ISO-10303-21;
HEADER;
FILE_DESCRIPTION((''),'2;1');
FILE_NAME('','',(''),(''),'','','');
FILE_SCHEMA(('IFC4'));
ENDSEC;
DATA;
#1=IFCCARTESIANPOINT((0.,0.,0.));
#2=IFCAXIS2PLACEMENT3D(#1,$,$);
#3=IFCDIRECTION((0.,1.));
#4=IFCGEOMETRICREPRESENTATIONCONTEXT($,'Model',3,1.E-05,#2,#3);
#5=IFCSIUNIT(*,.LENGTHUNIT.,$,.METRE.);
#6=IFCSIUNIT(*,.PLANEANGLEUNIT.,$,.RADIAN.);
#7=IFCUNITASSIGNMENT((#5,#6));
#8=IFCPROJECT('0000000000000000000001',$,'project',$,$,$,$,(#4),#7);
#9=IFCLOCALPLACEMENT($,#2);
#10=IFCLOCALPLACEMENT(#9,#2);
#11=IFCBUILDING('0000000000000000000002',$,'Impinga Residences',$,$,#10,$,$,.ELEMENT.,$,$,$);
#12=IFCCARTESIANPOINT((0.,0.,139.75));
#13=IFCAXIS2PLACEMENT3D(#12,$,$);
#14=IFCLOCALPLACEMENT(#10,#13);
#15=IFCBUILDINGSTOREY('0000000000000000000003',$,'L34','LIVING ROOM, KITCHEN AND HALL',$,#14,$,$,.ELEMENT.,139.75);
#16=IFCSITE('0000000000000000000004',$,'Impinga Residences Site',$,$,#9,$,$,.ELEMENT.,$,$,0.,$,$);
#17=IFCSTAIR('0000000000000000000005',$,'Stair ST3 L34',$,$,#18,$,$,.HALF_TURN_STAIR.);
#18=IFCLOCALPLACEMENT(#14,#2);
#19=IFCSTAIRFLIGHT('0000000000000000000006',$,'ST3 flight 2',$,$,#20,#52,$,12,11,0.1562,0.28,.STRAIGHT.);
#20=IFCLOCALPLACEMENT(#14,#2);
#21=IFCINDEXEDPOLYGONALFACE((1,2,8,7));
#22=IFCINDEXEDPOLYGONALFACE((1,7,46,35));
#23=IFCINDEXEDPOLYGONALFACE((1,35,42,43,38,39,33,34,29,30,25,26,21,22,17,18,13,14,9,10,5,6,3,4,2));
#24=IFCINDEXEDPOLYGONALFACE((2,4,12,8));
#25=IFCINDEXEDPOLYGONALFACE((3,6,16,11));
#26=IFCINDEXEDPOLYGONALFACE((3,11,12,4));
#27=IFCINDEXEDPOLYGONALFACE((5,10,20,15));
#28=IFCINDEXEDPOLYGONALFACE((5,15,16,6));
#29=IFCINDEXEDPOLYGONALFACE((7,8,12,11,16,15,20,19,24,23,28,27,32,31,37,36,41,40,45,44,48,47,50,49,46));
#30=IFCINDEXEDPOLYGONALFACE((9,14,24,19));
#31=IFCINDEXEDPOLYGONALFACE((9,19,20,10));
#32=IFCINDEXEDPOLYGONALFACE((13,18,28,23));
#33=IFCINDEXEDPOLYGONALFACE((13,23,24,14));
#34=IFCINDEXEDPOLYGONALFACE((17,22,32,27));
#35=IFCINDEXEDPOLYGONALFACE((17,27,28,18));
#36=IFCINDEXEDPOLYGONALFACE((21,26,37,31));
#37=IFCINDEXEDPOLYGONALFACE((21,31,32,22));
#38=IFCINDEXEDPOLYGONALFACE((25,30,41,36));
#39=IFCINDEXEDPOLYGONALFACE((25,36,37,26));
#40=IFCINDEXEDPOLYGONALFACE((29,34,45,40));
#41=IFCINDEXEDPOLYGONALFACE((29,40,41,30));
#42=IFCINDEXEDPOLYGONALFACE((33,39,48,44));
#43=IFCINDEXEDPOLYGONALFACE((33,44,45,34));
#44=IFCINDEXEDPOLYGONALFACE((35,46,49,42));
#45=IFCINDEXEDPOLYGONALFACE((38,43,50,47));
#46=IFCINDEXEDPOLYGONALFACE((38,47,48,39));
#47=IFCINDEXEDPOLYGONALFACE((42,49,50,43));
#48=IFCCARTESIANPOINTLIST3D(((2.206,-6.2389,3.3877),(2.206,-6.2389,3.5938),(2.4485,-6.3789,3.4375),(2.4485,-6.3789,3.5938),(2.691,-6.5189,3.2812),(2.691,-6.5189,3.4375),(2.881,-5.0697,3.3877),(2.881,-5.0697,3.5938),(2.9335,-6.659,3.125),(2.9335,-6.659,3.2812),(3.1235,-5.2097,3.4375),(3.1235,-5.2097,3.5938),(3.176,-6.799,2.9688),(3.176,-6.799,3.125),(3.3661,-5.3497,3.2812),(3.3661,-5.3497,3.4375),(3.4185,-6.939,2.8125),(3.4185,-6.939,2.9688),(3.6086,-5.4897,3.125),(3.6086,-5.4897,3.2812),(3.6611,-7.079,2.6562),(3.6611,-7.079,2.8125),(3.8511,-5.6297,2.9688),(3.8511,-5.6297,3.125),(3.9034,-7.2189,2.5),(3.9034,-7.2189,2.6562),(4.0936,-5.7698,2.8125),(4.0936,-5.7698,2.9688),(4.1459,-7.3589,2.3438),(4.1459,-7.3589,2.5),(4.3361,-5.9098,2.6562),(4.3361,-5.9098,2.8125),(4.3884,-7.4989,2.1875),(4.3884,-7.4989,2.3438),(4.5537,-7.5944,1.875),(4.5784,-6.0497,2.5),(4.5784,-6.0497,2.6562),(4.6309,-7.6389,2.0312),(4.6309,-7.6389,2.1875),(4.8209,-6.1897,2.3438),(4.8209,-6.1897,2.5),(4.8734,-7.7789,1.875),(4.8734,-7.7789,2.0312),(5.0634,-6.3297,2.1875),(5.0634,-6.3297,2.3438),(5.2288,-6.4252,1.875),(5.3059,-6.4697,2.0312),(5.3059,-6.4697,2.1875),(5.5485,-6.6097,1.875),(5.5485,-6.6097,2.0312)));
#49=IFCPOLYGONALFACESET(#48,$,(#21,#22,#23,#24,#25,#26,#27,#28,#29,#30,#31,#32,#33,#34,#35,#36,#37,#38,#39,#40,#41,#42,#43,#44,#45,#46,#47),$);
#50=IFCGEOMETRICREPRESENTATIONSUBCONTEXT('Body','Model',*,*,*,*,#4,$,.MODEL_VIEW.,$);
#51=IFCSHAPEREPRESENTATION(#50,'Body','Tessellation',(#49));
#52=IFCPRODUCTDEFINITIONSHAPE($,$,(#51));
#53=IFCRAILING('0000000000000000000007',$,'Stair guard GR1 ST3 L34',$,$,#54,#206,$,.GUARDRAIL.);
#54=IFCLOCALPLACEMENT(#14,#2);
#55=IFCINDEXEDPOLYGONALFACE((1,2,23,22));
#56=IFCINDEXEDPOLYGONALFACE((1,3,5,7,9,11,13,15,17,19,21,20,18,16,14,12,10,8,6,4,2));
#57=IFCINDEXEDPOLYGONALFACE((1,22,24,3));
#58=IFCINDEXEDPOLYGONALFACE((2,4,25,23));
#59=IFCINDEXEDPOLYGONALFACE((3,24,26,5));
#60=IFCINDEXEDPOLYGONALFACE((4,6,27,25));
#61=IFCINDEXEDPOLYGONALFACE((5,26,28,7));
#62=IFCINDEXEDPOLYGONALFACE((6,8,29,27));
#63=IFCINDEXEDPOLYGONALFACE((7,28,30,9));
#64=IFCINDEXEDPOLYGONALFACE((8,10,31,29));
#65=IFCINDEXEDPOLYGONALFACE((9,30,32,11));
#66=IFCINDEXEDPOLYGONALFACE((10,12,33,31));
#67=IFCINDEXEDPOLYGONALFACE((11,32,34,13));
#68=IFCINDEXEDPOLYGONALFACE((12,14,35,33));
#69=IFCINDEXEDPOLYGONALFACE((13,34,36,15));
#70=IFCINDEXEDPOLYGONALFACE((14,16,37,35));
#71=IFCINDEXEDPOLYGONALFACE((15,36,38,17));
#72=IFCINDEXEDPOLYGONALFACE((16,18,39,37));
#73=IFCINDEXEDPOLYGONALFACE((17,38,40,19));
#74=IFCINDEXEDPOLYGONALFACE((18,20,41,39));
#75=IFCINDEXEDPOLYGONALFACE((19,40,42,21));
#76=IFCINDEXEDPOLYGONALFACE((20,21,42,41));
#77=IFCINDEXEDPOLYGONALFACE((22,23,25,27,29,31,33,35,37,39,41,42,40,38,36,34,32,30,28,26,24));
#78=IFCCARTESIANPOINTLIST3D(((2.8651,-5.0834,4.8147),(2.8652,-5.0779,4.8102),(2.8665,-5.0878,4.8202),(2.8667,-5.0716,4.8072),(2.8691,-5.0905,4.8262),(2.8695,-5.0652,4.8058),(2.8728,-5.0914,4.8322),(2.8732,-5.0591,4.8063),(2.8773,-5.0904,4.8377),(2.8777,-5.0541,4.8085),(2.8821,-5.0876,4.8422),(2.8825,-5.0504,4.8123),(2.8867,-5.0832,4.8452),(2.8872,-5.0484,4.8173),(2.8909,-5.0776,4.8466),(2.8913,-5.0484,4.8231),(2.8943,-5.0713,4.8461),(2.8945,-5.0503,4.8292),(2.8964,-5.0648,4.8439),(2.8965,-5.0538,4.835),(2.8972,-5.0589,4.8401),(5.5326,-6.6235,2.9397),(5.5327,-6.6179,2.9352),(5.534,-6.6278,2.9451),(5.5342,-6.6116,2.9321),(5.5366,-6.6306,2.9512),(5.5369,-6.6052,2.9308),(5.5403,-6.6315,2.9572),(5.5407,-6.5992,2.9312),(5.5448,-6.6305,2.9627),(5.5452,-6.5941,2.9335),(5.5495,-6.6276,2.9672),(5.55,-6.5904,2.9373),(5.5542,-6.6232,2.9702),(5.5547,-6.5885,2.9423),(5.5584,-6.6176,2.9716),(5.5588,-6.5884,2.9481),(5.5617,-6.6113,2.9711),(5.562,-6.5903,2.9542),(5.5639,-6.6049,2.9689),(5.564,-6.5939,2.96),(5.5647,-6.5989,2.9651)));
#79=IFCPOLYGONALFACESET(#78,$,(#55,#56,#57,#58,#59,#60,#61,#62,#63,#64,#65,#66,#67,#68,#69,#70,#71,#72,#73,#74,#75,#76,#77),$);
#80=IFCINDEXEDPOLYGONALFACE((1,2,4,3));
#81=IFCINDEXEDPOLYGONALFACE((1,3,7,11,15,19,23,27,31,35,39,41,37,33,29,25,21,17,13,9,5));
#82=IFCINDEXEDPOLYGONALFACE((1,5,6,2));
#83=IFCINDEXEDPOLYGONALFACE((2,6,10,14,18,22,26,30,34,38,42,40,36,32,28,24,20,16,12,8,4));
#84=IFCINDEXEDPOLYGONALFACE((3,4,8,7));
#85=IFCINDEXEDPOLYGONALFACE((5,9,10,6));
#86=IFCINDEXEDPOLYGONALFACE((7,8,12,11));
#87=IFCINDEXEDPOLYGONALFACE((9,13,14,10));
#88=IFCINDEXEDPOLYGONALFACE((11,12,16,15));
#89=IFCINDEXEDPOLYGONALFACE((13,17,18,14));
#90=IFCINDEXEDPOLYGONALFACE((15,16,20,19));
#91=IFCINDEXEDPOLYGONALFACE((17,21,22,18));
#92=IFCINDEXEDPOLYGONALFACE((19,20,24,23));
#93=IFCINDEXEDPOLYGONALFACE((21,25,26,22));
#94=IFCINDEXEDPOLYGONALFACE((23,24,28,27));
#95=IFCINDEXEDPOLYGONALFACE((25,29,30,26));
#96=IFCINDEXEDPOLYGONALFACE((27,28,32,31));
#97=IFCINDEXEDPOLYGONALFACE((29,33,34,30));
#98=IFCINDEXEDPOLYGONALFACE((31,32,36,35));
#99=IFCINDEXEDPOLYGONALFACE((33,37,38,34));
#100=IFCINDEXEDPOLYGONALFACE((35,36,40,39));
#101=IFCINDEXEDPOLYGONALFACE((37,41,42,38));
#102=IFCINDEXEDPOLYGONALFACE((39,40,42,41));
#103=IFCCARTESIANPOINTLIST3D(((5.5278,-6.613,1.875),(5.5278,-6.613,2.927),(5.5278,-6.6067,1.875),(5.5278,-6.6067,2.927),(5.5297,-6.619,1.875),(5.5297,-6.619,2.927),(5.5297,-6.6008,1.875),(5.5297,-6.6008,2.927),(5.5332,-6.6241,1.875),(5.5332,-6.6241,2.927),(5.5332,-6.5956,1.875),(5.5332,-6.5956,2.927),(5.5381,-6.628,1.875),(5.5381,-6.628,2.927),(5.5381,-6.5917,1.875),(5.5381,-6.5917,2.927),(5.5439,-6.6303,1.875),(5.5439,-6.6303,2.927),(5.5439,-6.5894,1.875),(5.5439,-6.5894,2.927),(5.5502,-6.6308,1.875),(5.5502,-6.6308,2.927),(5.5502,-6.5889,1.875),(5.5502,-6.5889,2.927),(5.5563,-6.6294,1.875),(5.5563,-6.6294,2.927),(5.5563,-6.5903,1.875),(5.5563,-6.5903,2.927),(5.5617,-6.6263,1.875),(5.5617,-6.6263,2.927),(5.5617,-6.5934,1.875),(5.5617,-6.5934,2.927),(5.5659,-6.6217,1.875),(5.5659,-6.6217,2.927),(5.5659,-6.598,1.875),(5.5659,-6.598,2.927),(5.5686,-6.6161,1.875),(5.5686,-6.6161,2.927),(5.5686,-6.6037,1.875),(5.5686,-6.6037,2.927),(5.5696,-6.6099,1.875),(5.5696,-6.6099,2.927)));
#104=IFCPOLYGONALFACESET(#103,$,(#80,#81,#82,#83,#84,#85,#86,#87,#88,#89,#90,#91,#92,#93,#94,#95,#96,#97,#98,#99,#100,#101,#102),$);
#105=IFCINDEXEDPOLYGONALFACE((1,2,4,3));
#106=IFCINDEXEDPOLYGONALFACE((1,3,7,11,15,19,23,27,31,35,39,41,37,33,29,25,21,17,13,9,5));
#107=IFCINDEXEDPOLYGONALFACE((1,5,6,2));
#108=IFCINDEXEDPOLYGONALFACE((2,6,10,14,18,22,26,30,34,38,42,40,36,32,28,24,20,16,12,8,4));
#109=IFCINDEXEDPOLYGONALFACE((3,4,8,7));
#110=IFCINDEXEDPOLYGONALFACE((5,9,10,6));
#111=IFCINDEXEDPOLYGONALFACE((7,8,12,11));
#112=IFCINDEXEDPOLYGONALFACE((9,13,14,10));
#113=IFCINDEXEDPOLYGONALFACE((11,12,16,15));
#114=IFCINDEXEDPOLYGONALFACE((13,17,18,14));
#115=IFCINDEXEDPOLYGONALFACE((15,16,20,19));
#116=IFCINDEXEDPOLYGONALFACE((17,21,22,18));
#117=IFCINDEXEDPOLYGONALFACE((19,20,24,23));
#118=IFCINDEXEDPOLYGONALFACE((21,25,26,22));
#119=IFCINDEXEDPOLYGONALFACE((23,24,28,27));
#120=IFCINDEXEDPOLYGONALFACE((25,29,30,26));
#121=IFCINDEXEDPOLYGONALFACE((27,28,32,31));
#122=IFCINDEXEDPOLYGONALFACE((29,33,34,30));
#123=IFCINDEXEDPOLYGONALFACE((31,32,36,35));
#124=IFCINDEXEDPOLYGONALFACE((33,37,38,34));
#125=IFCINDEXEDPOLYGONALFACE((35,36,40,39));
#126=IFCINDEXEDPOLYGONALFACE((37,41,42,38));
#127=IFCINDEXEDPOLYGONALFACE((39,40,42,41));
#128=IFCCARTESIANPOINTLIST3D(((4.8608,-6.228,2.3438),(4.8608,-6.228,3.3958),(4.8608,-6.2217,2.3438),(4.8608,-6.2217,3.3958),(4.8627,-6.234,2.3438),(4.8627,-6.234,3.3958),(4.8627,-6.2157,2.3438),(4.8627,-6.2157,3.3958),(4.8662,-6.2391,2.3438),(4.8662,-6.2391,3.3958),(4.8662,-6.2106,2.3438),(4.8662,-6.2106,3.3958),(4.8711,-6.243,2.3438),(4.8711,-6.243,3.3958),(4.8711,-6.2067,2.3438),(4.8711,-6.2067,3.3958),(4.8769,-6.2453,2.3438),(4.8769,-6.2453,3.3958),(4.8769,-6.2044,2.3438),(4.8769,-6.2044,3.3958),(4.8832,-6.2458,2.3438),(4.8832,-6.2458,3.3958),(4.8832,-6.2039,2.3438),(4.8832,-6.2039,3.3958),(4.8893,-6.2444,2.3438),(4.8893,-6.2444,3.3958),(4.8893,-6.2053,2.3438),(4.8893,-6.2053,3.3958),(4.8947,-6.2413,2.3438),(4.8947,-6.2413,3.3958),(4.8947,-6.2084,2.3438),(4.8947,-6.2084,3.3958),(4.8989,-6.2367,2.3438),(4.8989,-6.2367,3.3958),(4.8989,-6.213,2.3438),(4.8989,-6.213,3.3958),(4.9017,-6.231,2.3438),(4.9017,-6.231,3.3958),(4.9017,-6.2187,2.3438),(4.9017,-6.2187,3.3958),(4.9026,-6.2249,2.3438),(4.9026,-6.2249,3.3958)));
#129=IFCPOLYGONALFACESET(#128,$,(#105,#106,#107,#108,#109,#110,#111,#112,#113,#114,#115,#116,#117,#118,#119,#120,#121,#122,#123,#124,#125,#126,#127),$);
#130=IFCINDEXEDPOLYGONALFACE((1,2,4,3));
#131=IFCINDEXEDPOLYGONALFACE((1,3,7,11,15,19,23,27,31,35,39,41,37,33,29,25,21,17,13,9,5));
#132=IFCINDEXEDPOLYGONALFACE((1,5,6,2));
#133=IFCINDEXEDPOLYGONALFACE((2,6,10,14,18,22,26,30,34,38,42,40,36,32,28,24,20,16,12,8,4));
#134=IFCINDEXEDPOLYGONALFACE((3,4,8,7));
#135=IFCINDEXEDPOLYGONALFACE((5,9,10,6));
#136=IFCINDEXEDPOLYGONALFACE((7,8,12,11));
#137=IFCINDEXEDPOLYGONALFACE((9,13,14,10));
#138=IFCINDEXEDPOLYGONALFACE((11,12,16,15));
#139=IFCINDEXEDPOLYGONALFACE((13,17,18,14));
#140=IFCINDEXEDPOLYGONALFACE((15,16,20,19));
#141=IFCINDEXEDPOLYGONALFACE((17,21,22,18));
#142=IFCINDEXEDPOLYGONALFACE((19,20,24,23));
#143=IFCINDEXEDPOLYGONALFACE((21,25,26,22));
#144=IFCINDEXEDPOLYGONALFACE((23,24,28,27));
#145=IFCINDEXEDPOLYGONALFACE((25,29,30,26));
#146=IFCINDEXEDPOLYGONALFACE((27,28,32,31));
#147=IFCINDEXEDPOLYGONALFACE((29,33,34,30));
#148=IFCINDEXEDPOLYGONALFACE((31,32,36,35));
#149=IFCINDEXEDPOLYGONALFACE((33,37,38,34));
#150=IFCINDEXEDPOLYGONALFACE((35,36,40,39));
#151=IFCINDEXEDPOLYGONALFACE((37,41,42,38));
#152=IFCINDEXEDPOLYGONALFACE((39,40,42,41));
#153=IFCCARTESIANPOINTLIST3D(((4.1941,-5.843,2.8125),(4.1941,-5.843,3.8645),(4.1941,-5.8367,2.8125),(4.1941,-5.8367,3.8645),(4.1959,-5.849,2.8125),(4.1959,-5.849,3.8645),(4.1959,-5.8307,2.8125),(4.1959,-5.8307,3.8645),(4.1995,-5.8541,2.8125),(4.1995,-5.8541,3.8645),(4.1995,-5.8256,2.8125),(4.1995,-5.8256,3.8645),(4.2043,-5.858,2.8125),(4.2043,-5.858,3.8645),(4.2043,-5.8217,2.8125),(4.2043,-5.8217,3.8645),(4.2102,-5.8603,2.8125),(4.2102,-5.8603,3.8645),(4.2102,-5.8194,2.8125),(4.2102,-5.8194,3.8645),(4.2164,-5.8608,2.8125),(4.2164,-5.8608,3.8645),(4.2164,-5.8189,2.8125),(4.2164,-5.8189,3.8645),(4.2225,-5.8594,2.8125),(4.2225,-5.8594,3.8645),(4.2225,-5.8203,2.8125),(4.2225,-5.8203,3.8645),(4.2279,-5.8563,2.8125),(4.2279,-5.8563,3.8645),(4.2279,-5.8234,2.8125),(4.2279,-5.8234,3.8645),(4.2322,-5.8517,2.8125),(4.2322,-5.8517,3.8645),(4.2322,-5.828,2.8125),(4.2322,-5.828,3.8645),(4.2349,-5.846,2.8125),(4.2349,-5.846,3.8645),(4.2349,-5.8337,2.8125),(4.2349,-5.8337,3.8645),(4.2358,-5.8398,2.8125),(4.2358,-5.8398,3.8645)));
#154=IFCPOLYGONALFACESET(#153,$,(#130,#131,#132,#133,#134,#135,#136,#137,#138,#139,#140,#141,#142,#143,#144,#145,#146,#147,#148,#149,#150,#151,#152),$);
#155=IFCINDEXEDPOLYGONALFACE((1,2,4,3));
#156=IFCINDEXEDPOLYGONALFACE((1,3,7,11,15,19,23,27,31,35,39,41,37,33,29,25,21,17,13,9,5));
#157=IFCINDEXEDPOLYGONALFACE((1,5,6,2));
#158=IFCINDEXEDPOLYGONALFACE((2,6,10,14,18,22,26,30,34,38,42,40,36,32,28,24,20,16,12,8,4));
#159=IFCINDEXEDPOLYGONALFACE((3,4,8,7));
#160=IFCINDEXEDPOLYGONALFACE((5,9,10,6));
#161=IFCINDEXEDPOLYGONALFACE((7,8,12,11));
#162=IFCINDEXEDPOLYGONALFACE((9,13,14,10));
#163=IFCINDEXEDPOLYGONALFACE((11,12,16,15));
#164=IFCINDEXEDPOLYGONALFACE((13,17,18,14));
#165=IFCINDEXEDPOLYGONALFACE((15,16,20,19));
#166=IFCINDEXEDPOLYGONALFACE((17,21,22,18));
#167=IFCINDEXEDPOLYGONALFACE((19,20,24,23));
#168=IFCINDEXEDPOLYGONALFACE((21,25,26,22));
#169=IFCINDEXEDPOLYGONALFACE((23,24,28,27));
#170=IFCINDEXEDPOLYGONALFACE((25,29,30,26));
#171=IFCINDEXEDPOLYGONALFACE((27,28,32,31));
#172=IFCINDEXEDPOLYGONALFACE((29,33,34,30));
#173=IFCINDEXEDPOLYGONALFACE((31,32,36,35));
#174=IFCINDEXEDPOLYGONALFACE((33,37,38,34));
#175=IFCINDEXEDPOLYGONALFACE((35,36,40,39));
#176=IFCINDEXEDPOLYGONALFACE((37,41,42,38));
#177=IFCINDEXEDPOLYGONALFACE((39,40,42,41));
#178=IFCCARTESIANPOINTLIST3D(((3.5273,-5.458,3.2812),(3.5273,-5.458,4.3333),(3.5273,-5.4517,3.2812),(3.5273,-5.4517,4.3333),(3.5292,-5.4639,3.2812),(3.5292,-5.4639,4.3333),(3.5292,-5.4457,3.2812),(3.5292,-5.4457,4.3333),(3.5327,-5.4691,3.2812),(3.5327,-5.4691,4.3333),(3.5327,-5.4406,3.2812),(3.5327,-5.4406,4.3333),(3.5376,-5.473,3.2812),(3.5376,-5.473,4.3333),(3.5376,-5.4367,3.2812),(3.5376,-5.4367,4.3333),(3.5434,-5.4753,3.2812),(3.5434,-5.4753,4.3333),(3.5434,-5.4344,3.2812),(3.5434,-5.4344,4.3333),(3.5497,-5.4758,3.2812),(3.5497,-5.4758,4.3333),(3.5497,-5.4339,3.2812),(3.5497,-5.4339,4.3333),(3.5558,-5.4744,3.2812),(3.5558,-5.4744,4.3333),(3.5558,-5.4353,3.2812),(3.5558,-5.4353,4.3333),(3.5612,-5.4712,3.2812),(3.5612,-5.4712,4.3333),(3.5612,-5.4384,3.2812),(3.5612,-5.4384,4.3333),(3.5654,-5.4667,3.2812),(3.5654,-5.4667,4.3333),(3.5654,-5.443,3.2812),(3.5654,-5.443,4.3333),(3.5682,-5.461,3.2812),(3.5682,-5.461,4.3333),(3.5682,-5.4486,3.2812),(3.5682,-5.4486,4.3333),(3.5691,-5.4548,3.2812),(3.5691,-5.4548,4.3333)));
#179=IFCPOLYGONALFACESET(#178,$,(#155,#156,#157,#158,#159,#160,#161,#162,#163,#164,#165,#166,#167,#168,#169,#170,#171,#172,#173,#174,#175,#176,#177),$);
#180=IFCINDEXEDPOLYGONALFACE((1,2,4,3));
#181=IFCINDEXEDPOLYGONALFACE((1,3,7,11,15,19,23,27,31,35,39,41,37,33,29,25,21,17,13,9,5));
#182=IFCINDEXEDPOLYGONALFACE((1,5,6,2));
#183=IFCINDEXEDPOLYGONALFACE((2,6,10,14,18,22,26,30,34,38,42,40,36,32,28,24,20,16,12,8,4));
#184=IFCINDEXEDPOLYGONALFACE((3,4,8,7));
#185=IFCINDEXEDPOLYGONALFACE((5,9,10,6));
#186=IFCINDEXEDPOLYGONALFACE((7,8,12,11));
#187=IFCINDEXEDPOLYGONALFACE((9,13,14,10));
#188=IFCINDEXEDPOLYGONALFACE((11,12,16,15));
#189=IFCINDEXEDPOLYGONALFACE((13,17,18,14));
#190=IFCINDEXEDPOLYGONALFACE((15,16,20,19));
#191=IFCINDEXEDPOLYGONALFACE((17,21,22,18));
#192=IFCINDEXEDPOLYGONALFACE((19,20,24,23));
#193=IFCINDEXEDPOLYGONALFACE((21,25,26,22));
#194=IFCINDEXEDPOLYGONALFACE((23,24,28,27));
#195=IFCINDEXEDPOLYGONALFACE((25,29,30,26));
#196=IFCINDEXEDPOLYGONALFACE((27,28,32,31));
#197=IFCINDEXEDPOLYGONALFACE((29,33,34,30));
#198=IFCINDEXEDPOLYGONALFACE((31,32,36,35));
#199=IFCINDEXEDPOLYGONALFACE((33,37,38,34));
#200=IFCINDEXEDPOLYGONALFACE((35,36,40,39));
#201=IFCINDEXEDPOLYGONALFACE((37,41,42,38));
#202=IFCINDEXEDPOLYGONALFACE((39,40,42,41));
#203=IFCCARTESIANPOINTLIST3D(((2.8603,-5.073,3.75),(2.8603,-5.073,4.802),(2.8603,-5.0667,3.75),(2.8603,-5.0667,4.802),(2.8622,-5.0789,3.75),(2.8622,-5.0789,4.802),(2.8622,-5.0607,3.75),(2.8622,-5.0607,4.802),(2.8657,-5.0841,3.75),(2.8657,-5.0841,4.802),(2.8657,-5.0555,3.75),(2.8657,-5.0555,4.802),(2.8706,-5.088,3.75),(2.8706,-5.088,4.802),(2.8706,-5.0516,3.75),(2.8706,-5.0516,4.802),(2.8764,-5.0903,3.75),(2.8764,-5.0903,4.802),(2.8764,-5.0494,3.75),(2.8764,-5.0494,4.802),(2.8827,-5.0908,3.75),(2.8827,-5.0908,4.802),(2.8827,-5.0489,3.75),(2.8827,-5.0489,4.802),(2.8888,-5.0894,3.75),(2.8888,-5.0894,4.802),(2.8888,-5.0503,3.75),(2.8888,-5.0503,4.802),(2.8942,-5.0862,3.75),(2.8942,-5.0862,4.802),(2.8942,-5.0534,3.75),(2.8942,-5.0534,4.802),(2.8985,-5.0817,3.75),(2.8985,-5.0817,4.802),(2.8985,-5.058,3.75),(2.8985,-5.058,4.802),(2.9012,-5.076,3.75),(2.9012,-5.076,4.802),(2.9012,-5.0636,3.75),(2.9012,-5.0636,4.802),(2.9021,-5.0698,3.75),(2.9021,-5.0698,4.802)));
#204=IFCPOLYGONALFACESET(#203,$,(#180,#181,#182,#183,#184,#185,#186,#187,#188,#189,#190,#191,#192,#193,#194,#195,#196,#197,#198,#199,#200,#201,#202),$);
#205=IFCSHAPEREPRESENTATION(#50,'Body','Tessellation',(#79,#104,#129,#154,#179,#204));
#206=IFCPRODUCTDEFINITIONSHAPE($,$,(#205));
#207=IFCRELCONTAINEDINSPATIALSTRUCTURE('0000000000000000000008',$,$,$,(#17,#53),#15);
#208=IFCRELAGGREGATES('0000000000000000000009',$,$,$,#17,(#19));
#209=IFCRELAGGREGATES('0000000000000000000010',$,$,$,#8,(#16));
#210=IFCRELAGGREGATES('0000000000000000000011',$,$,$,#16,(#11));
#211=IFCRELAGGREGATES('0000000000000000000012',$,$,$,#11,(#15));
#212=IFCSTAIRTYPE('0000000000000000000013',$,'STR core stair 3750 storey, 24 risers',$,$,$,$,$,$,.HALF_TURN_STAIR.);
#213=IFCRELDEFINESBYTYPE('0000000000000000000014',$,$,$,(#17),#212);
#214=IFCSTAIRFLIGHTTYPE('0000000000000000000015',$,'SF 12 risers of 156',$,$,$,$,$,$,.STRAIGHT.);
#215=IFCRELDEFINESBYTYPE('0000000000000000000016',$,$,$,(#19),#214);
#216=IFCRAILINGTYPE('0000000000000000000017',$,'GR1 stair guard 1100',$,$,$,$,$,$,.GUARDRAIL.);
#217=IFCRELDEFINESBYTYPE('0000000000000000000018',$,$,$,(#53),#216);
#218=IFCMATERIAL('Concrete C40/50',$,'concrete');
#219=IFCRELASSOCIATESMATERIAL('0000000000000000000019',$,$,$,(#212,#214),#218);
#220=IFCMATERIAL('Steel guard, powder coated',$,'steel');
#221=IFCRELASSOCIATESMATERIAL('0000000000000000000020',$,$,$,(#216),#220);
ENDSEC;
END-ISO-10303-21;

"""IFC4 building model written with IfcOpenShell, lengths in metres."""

from ifc_helpers import new_model, si_unit, direction, frame, origin, origin_2d, place, context, subcontext, project, spatial, polyline, circle, outline, extrude, material, type_object, element, aggregate, save


model = new_model("IFC4")

# Units and contexts
model_context = context("Model", 3, precision=1e-05, world=origin(), true_north=direction((0.0, 1.0)))
body_context = subcontext(model_context, "Body", "Model", "MODEL_VIEW")
ifc_project = project(units=[si_unit("LENGTHUNIT", "METRE"), si_unit("PLANEANGLEUNIT", "RADIAN")], contexts=[model_context])

# Site, building, storey
site_placement = place(None, origin())
site = spatial("IfcSite", under=ifc_project, at=site_placement, Name="Impinga Residences Site", CompositionType="ELEMENT", RefElevation=0.0)
building_placement = place(site_placement, origin())
building = spatial("IfcBuilding", under=site, at=building_placement, Name="Impinga Residences", CompositionType="ELEMENT")
storey_placement = place(building_placement, frame((0.0, 0.0, 139.75)))
storey = spatial("IfcBuildingStorey", under=building, at=storey_placement, Name="L34", Description="LIVING ROOM, KITCHEN AND HALL", CompositionType="ELEMENT", Elevation=139.75)

# Stair, stair flight
ifc_material_1 = material(Name="Concrete C40/50", Category="concrete")
stair_type = type_object("IfcStairType", Name="STR core stair 3750 storey, 24 risers", PredefinedType="HALF_TURN_STAIR", material=ifc_material_1)
stair_placement = place(storey_placement, origin())
stair = element("IfcStair", 1, at=stair_placement, inside=storey, type_object=stair_type, Name="Stair ST3 L34", PredefinedType="HALF_TURN_STAIR")
stair_flight_type = type_object("IfcStairFlightType", Name="SF 12 risers of 156", PredefinedType="STRAIGHT", material=ifc_material_1)
stair_flight_1_placement = place(storey_placement, frame((5.2109, -7.1943, 1.875), z_axis=(0.0, 0.0, 1.0), x_axis=(-0.866025, 0.5, 0.0)))
stair_flight_1 = element("IfcStairFlight", 2, at=stair_flight_1_placement, type_object=stair_flight_type, Name="ST3 flight 2", NumberOfRisers=12, NumberOfTreads=11, PredefinedType="STRAIGHT", RiserHeight=0.1562, TreadLength=0.28, context=body_context, shape_type="SweptSolid", body=[
    extrude(outline(polyline([(0.0, 0.0), (0.0, 0.1562), (0.28, 0.1562), (0.28, 0.3125), (0.5601, 0.3125), (0.5601, 0.4688), (0.8401, 0.4688), (0.8401, 0.625), (1.1201, 0.625), (1.1201, 0.7812), (1.3999, 0.7812), (1.3999, 0.9375), (1.6799, 0.9375), (1.6799, 1.0938), (1.96, 1.0938), (1.96, 1.25), (2.24, 1.25), (2.24, 1.4062), (2.52, 1.4062), (2.52, 1.5625), (2.8, 1.5625), (2.8, 1.7188), (3.0801, 1.7188), (3.0801, 1.875), (3.0801, 1.5127), (0.3691, 0.0), (0.0, 0.0)])), frame((0.0, 0.675, 0.0), z_axis=(0.0, -1.0, 0.0), x_axis=(1.0, 0.0, 0.0)), (0.0, 0.0, 1.0), 1.3501),
])
aggregate(stair, [stair_flight_1])

# Railing
ifc_material_2 = material(Name="Steel guard, powder coated", Category="steel")
railing_type_1 = type_object("IfcRailingType", Name="GR1 stair guard 1100", PredefinedType="GUARDRAIL", material=ifc_material_2)
railing_1_placement = place(storey_placement, frame((5.5486, -6.6099, 1.875)))
element("IfcRailing", 3, at=railing_1_placement, inside=storey, type_object=railing_type_1, Name="Stair guard GR1 ST3 L34", PredefinedType="GUARDRAIL", context=body_context, shape_type="SweptSolid", body=[
    extrude(circle(Radius=0.0239, at=origin_2d()), frame((0.0, 0.0, 1.0762), z_axis=(-0.739746, 0.427084, 0.519975), x_axis=(-0.499992, -0.86603, 0.0)), (0.0, 0.0, 1.0), 3.606),
    extrude(circle(Radius=0.021, at=origin_2d()), origin(), (0.0, 0.0, 1.0), 1.052),
    extrude(circle(Radius=0.021, at=origin_2d()), frame((-0.667, 0.385, 0.4688)), (0.0, 0.0, 1.0), 1.052),
    extrude(circle(Radius=0.021, at=origin_2d()), frame((-1.3337, 0.77, 0.9375)), (0.0, 0.0, 1.0), 1.052),
    extrude(circle(Radius=0.021, at=origin_2d()), frame((-2.0005, 1.155, 1.4062)), (0.0, 0.0, 1.0), 1.052),
    extrude(circle(Radius=0.021, at=origin_2d()), frame((-2.6675, 1.54, 1.875)), (0.0, 0.0, 1.0), 1.052),
])

save(model, "model.ifc")
